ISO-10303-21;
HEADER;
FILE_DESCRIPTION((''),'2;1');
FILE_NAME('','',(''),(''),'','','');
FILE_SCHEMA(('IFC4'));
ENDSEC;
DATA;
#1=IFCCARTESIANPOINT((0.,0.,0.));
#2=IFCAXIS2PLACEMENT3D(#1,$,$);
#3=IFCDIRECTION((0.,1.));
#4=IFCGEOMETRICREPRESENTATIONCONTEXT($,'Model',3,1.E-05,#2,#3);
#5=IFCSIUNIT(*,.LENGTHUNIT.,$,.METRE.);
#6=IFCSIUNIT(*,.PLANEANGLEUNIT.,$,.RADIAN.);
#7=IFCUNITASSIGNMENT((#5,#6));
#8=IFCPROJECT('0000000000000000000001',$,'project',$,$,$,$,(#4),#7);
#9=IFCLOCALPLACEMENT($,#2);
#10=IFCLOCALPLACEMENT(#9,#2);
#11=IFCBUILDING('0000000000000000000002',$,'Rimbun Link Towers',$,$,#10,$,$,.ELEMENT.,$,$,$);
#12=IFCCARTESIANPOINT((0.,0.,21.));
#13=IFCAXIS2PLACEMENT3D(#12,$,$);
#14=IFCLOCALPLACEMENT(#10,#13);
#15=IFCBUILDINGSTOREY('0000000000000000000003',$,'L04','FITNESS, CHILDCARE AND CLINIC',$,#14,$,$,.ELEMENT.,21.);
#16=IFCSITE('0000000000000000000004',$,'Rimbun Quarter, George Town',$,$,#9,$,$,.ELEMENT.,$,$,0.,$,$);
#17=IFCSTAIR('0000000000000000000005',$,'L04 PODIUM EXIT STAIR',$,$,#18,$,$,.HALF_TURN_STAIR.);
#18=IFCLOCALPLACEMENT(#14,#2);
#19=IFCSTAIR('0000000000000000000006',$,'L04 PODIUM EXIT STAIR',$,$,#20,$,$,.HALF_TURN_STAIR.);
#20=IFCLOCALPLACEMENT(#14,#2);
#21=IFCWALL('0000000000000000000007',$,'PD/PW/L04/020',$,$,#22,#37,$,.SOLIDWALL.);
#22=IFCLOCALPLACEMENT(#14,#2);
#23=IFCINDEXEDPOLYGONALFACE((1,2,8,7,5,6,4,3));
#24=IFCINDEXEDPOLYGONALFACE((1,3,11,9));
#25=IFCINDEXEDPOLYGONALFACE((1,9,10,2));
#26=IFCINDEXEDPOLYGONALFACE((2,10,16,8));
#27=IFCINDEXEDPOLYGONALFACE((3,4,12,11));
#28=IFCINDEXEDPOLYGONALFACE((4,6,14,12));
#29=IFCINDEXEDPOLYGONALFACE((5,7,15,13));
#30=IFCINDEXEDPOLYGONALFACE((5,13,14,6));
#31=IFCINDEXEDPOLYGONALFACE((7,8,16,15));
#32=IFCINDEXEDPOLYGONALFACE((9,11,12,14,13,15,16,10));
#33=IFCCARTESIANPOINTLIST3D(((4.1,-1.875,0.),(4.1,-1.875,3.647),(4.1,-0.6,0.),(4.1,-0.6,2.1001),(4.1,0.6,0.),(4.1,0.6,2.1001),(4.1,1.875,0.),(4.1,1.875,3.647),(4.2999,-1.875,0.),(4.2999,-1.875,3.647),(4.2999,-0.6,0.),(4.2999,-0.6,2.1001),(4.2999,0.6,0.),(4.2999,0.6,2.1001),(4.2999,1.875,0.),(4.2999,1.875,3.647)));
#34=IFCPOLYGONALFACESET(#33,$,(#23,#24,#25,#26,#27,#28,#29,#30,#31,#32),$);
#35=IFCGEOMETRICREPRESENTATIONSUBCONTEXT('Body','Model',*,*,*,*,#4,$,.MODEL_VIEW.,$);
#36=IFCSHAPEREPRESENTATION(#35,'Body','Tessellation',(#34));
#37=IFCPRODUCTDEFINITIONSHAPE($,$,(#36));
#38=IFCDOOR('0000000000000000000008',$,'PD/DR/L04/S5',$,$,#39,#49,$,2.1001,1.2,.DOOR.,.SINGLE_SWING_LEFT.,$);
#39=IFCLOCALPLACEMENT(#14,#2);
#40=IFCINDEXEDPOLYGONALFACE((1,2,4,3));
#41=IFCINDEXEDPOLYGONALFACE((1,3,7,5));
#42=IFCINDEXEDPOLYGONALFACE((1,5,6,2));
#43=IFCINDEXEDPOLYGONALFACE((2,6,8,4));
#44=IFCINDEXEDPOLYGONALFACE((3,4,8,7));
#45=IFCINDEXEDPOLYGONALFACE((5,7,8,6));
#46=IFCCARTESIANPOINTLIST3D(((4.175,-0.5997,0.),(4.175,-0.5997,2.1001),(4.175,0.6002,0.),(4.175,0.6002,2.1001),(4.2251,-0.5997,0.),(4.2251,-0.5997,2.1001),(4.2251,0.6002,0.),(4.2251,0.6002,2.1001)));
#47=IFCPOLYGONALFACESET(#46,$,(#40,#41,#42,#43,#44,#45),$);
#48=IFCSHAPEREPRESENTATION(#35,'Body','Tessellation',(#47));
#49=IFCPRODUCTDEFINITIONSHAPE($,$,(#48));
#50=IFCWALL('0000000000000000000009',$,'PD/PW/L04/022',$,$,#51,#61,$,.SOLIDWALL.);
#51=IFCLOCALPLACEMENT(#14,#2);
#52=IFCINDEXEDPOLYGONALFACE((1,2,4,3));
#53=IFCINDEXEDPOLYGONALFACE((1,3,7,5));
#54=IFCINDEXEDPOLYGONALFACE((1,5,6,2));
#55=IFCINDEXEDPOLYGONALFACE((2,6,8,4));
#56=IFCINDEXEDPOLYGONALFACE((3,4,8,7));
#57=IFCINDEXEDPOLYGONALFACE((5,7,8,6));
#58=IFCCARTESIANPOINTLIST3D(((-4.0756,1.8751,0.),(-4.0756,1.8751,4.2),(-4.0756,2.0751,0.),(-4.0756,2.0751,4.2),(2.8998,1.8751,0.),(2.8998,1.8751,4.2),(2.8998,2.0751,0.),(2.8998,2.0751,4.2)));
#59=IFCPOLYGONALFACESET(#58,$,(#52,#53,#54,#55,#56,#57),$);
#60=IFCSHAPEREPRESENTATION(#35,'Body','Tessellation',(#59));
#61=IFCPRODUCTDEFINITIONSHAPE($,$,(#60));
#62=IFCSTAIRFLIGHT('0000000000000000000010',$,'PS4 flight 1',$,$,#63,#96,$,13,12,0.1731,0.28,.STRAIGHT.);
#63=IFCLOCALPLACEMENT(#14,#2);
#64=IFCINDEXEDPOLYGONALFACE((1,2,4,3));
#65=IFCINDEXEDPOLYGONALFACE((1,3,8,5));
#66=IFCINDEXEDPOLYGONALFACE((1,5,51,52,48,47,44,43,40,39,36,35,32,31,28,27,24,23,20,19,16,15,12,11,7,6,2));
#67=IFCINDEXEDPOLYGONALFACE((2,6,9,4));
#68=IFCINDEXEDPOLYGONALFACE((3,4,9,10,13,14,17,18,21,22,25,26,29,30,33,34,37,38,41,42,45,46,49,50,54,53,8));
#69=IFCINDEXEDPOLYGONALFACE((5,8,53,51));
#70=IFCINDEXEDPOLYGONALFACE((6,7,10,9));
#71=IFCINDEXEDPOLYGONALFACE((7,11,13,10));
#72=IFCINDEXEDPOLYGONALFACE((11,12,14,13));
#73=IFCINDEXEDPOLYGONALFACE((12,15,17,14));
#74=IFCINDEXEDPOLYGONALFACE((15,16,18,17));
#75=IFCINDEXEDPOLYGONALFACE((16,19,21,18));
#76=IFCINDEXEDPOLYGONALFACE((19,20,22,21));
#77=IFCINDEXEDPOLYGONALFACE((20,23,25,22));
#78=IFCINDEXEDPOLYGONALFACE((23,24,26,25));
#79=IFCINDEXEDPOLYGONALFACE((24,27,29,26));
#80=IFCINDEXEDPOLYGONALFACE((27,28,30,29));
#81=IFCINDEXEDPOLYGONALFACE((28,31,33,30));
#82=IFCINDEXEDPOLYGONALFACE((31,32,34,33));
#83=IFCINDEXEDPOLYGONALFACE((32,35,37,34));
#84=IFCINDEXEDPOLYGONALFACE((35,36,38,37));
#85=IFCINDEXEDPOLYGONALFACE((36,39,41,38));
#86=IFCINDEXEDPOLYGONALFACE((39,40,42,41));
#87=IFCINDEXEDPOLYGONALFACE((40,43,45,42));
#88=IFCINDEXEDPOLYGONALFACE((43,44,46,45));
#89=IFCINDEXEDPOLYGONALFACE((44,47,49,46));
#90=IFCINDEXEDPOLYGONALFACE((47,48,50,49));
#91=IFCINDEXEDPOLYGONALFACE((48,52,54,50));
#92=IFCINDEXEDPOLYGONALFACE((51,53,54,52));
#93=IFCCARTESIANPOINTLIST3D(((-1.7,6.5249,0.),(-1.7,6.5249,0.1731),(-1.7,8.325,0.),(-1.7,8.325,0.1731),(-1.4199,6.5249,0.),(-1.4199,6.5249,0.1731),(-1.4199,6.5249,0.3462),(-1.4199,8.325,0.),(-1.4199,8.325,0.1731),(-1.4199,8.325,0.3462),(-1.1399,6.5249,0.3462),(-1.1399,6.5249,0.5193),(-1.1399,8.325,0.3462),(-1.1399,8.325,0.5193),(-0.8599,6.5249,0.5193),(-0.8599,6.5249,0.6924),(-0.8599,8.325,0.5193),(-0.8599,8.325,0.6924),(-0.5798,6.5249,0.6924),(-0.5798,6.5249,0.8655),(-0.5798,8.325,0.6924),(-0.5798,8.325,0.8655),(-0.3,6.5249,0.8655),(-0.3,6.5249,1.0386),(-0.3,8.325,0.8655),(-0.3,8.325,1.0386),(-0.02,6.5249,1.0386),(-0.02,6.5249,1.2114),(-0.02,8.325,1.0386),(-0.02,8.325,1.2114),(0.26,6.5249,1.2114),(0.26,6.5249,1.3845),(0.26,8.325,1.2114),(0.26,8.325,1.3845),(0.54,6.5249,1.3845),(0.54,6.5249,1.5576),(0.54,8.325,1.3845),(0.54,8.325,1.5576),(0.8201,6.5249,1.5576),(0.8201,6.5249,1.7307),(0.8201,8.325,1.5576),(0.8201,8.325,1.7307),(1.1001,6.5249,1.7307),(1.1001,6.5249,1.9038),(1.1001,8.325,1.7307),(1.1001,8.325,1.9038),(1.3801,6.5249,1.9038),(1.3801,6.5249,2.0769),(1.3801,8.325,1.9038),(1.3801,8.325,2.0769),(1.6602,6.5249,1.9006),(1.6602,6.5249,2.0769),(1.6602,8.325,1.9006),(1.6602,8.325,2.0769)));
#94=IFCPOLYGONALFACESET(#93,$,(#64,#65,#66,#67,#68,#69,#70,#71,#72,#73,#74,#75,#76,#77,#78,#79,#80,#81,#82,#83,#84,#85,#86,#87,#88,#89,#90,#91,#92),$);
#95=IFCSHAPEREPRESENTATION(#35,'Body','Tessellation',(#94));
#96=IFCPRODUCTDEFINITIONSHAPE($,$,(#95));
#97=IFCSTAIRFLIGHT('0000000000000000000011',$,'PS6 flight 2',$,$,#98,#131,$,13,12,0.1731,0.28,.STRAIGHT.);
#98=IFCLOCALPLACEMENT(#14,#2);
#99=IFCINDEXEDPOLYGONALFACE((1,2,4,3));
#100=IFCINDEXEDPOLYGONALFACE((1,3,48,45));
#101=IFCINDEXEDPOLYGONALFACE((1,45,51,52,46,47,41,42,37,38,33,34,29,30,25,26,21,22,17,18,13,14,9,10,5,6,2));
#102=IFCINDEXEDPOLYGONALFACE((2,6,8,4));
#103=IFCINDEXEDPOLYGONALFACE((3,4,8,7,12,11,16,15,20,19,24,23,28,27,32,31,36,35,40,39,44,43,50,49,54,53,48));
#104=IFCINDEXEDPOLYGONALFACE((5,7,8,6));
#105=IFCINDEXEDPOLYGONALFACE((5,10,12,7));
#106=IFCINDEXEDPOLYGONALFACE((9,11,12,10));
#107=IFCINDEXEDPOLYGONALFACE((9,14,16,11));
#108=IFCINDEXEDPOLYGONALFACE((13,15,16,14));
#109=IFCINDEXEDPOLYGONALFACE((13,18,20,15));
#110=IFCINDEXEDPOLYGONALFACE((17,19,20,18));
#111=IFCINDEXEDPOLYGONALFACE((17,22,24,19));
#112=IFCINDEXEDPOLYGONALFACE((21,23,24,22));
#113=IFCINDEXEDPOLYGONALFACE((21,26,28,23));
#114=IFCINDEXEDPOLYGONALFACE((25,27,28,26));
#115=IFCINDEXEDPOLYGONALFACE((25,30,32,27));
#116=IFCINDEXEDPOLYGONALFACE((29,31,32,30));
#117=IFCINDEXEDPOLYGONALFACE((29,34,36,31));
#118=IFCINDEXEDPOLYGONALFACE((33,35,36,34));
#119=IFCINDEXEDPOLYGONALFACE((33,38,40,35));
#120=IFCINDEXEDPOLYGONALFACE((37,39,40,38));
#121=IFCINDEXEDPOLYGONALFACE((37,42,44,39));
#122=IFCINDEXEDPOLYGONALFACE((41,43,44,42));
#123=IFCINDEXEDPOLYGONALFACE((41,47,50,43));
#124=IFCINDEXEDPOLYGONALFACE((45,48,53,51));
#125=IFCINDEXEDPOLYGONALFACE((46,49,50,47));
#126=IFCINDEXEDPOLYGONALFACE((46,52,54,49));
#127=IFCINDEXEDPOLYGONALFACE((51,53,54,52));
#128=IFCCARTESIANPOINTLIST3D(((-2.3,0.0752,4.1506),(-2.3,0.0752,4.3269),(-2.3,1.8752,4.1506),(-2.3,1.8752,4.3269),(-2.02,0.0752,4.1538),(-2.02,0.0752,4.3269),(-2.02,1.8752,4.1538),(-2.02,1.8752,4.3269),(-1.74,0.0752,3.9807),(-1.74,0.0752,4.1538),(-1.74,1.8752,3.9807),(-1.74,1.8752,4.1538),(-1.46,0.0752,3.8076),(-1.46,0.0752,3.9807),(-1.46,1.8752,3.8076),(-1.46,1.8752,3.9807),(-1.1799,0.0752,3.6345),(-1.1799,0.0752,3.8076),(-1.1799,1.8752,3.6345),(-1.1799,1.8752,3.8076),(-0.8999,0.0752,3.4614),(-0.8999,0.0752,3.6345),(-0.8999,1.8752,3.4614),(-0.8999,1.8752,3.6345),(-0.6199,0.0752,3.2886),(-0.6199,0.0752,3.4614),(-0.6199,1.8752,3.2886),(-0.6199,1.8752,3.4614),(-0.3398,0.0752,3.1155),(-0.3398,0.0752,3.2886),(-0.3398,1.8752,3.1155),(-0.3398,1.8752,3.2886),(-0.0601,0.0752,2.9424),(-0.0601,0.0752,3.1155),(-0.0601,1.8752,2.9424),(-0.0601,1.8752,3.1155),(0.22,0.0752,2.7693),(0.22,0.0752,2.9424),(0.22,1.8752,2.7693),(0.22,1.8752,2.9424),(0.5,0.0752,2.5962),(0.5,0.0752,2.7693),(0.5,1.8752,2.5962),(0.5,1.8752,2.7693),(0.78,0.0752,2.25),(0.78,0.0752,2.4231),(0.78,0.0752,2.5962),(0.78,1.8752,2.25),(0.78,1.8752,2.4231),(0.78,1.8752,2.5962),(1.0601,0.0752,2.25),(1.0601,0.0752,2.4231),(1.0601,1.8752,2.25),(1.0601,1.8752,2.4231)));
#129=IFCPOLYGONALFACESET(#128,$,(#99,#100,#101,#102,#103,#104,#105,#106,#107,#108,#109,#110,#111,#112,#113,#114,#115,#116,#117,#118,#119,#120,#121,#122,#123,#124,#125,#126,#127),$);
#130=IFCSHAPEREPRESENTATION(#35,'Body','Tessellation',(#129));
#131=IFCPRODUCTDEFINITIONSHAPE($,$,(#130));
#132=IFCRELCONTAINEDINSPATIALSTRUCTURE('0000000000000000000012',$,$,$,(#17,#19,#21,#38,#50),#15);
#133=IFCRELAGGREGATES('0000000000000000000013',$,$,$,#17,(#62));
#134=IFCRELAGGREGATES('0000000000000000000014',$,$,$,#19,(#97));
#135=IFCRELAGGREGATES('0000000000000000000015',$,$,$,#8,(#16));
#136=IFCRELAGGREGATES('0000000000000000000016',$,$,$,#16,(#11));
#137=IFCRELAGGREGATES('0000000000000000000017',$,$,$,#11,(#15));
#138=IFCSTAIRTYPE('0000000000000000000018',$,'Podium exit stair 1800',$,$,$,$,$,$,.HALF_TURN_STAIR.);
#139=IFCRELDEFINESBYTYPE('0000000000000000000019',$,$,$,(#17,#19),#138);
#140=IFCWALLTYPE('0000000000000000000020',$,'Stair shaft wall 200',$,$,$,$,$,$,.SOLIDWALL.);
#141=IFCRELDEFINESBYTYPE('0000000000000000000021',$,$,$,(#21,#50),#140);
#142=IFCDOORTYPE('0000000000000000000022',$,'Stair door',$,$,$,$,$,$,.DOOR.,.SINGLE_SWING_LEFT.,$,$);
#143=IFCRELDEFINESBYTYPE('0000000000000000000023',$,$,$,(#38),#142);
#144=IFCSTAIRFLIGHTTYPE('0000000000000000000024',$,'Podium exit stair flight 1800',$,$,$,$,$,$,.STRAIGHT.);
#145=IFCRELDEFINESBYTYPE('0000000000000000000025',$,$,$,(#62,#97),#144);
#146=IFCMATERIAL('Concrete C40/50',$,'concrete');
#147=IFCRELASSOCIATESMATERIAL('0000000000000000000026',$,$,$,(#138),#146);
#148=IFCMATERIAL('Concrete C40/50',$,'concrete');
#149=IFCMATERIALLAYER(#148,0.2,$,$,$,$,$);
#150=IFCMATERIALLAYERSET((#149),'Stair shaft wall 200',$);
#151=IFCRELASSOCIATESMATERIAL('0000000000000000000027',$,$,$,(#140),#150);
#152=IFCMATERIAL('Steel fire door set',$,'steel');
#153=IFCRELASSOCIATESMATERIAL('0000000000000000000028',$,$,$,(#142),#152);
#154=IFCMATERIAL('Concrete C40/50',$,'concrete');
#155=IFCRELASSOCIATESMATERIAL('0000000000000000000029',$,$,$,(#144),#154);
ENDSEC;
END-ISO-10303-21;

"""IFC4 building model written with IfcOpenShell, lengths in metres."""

from ifc_helpers import new_model, si_unit, direction, frame, frame_2d, origin, place, context, subcontext, project, spatial, polyline, rectangle, outline, extrude, material, layer, layer_set, type_object, element, fill, aggregate, save


model = new_model("IFC4")

# Units and contexts
model_context = context("Model", 3, precision=1e-05, world=origin(), true_north=direction((0.0, 1.0)))
body_context = subcontext(model_context, "Body", "Model", "MODEL_VIEW")
ifc_project = project(units=[si_unit("LENGTHUNIT", "METRE"), si_unit("PLANEANGLEUNIT", "RADIAN")], contexts=[model_context])

# Site, building, storey
site_placement = place(None, origin())
site = spatial("IfcSite", under=ifc_project, at=site_placement, Name="Rimbun Quarter, George Town", CompositionType="ELEMENT", RefElevation=0.0)
building_placement = place(site_placement, origin())
building = spatial("IfcBuilding", under=site, at=building_placement, Name="Rimbun Link Towers", CompositionType="ELEMENT")
storey_placement = place(building_placement, frame((0.0, 0.0, 21.0)))
storey = spatial("IfcBuildingStorey", under=building, at=storey_placement, Name="L04", Description="FITNESS, CHILDCARE AND CLINIC", CompositionType="ELEMENT", Elevation=21.0)

# Stairs
ifc_material_1 = material(Name="Concrete C40/50", Category="concrete")
stair_type_1 = type_object("IfcStairType", Name="Podium exit stair 1800", PredefinedType="HALF_TURN_STAIR", material=ifc_material_1)
stair_1_placement = place(storey_placement, origin())
stair_1 = element("IfcStair", 1, at=stair_1_placement, inside=storey, type_object=stair_type_1, Name="L04 PODIUM EXIT STAIR", PredefinedType="HALF_TURN_STAIR")
stair_2_placement = place(storey_placement, origin())
stair_2 = element("IfcStair", 2, at=stair_2_placement, inside=storey, type_object=stair_type_1, Name="L04 PODIUM EXIT STAIR", PredefinedType="HALF_TURN_STAIR")

# Shared definitions
ifc_material_2 = material(Name="Concrete C40/50", Category="concrete")
ifc_layer_1 = layer(ifc_material_2, 0.2)
ifc_layer_set_1 = layer_set([ifc_layer_1], Name="Stair shaft wall 200")
wall_type = type_object("IfcWallType", Name="Stair shaft wall 200", PredefinedType="SOLIDWALL", material=ifc_layer_set_1)

# Wall, opening, door
wall_1_placement = place(storey_placement, frame((4.2, 1.875, 0.0), z_axis=(0.0, 0.0, 1.0), x_axis=(0.0, -1.0, 0.0)))
wall_1 = element("IfcWall", 3, at=wall_1_placement, inside=storey, type_object=wall_type, Name="PD/PW/L04/020", PredefinedType="SOLIDWALL", context=body_context, shape_type="SweptSolid", body=[
    extrude(rectangle(XDim=3.75, YDim=0.2, at=frame_2d((1.875, 0.0))), origin(), (0.0, 0.0, 1.0), 3.647),
])
opening_placement = place(wall_1_placement, frame((1.2749, 0.0, 0.0)))
opening = element("IfcOpeningElement", 4, at=opening_placement, cuts=wall_1, PredefinedType="OPENING", context=body_context, shape_type="SweptSolid", body=[
    extrude(rectangle(XDim=1.2, YDim=2.1001, at=frame_2d((0.6001, 1.05))), frame((0.0, 0.1099, 0.0), z_axis=(0.0, -1.0, 0.0), x_axis=(1.0, 0.0, 0.0)), (0.0, 0.0, 1.0), 0.22),
])
ifc_material_3 = material(Name="Steel fire door set", Category="steel")
door_type = type_object("IfcDoorType", Name="Stair door", OperationType="SINGLE_SWING_LEFT", PredefinedType="DOOR", material=ifc_material_3)
door_placement = place(opening_placement, frame((1.2, 0.0, 0.0), z_axis=(0.0, 0.0, 1.0), x_axis=(-1.0, 0.0, 0.0)))
door = element("IfcDoor", 5, at=door_placement, inside=storey, type_object=door_type, Name="PD/DR/L04/S5", OperationType="SINGLE_SWING_LEFT", OverallHeight=2.1001, OverallWidth=1.2, PredefinedType="DOOR", context=body_context, shape_type="SweptSolid", body=[
    extrude(rectangle(XDim=1.2, YDim=2.1001, at=frame_2d((0.6001, 1.05))), frame((0.0, 0.0249, 0.0), z_axis=(0.0, -1.0, 0.0), x_axis=(1.0, 0.0, 0.0)), (0.0, 0.0, 1.0), 0.05),
])
fill(opening, door)

# Wall
wall_2_placement = place(storey_placement, frame((2.8999, 1.9751, 0.0), z_axis=(0.0, 0.0, 1.0), x_axis=(-1.0, 0.0, 0.0)))
element("IfcWall", 6, at=wall_2_placement, inside=storey, type_object=wall_type, Name="PD/PW/L04/022", PredefinedType="SOLIDWALL", context=body_context, shape_type="SweptSolid", body=[
    extrude(rectangle(XDim=6.9753, YDim=0.2, at=frame_2d((3.4878, 0.0))), origin(), (0.0, 0.0, 1.0), 4.2),
])

# Stair flights
ifc_material_4 = material(Name="Concrete C40/50", Category="concrete")
stair_flight_type = type_object("IfcStairFlightType", Name="Podium exit stair flight 1800", PredefinedType="STRAIGHT", material=ifc_material_4)
stair_flight_1_placement = place(storey_placement, frame((-1.7, 7.425, 0.0), z_axis=(0.0, 0.0, 1.0), x_axis=(1.0, 0.0, 0.0)))
stair_flight_1 = element("IfcStairFlight", 7, at=stair_flight_1_placement, type_object=stair_flight_type, Name="PS4 flight 1", NumberOfRisers=13, NumberOfTreads=12, PredefinedType="STRAIGHT", RiserHeight=0.1731, TreadLength=0.28, context=body_context, shape_type="SweptSolid", body=[
    extrude(outline(polyline([(0.0, 0.0), (0.0, 0.1731), (0.28, 0.1731), (0.28, 0.3462), (0.5601, 0.3462), (0.5601, 0.5193), (0.8401, 0.5193), (0.8401, 0.6924), (1.1201, 0.6924), (1.1201, 0.8655), (1.3999, 0.8655), (1.3999, 1.0386), (1.6799, 1.0386), (1.6799, 1.2114), (1.96, 1.2114), (1.96, 1.3845), (2.24, 1.3845), (2.24, 1.5576), (2.52, 1.5576), (2.52, 1.7307), (2.8, 1.7307), (2.8, 1.9038), (3.0801, 1.9038), (3.0801, 2.0769), (3.3601, 2.0769), (3.3601, 2.25), (3.3601, 1.9006), (0.28, 0.0), (0.0, 0.0)])), frame((0.0, 0.8999, 0.0), z_axis=(0.0, -1.0, 0.0), x_axis=(1.0, 0.0, 0.0)), (0.0, 0.0, 1.0), 1.8),
])
aggregate(stair_1, [stair_flight_1])
stair_flight_2_placement = place(storey_placement, frame((1.0601, 0.9751, 2.25), z_axis=(0.0, 0.0, 1.0), x_axis=(-1.0, 0.0, 0.0)))
stair_flight_2 = element("IfcStairFlight", 8, at=stair_flight_2_placement, type_object=stair_flight_type, Name="PS6 flight 2", NumberOfRisers=13, NumberOfTreads=12, PredefinedType="STRAIGHT", RiserHeight=0.1731, TreadLength=0.28, context=body_context, shape_type="SweptSolid", body=[
    extrude(outline(polyline([(0.0, 0.0), (0.0, 0.1731), (0.28, 0.1731), (0.28, 0.3462), (0.5601, 0.3462), (0.5601, 0.5193), (0.8401, 0.5193), (0.8401, 0.6924), (1.1201, 0.6924), (1.1201, 0.8655), (1.3999, 0.8655), (1.3999, 1.0386), (1.6799, 1.0386), (1.6799, 1.2114), (1.96, 1.2114), (1.96, 1.3845), (2.24, 1.3845), (2.24, 1.5576), (2.52, 1.5576), (2.52, 1.7307), (2.8, 1.7307), (2.8, 1.9038), (3.0801, 1.9038), (3.0801, 2.0769), (3.3601, 2.0769), (3.3601, 2.25), (3.3601, 1.9006), (0.28, 0.0), (0.0, 0.0)])), frame((0.0, 0.8999, 0.0), z_axis=(0.0, -1.0, 0.0), x_axis=(1.0, 0.0, 0.0)), (0.0, 0.0, 1.0), 1.8),
])
aggregate(stair_2, [stair_flight_2])

save(model, "model.ifc")
